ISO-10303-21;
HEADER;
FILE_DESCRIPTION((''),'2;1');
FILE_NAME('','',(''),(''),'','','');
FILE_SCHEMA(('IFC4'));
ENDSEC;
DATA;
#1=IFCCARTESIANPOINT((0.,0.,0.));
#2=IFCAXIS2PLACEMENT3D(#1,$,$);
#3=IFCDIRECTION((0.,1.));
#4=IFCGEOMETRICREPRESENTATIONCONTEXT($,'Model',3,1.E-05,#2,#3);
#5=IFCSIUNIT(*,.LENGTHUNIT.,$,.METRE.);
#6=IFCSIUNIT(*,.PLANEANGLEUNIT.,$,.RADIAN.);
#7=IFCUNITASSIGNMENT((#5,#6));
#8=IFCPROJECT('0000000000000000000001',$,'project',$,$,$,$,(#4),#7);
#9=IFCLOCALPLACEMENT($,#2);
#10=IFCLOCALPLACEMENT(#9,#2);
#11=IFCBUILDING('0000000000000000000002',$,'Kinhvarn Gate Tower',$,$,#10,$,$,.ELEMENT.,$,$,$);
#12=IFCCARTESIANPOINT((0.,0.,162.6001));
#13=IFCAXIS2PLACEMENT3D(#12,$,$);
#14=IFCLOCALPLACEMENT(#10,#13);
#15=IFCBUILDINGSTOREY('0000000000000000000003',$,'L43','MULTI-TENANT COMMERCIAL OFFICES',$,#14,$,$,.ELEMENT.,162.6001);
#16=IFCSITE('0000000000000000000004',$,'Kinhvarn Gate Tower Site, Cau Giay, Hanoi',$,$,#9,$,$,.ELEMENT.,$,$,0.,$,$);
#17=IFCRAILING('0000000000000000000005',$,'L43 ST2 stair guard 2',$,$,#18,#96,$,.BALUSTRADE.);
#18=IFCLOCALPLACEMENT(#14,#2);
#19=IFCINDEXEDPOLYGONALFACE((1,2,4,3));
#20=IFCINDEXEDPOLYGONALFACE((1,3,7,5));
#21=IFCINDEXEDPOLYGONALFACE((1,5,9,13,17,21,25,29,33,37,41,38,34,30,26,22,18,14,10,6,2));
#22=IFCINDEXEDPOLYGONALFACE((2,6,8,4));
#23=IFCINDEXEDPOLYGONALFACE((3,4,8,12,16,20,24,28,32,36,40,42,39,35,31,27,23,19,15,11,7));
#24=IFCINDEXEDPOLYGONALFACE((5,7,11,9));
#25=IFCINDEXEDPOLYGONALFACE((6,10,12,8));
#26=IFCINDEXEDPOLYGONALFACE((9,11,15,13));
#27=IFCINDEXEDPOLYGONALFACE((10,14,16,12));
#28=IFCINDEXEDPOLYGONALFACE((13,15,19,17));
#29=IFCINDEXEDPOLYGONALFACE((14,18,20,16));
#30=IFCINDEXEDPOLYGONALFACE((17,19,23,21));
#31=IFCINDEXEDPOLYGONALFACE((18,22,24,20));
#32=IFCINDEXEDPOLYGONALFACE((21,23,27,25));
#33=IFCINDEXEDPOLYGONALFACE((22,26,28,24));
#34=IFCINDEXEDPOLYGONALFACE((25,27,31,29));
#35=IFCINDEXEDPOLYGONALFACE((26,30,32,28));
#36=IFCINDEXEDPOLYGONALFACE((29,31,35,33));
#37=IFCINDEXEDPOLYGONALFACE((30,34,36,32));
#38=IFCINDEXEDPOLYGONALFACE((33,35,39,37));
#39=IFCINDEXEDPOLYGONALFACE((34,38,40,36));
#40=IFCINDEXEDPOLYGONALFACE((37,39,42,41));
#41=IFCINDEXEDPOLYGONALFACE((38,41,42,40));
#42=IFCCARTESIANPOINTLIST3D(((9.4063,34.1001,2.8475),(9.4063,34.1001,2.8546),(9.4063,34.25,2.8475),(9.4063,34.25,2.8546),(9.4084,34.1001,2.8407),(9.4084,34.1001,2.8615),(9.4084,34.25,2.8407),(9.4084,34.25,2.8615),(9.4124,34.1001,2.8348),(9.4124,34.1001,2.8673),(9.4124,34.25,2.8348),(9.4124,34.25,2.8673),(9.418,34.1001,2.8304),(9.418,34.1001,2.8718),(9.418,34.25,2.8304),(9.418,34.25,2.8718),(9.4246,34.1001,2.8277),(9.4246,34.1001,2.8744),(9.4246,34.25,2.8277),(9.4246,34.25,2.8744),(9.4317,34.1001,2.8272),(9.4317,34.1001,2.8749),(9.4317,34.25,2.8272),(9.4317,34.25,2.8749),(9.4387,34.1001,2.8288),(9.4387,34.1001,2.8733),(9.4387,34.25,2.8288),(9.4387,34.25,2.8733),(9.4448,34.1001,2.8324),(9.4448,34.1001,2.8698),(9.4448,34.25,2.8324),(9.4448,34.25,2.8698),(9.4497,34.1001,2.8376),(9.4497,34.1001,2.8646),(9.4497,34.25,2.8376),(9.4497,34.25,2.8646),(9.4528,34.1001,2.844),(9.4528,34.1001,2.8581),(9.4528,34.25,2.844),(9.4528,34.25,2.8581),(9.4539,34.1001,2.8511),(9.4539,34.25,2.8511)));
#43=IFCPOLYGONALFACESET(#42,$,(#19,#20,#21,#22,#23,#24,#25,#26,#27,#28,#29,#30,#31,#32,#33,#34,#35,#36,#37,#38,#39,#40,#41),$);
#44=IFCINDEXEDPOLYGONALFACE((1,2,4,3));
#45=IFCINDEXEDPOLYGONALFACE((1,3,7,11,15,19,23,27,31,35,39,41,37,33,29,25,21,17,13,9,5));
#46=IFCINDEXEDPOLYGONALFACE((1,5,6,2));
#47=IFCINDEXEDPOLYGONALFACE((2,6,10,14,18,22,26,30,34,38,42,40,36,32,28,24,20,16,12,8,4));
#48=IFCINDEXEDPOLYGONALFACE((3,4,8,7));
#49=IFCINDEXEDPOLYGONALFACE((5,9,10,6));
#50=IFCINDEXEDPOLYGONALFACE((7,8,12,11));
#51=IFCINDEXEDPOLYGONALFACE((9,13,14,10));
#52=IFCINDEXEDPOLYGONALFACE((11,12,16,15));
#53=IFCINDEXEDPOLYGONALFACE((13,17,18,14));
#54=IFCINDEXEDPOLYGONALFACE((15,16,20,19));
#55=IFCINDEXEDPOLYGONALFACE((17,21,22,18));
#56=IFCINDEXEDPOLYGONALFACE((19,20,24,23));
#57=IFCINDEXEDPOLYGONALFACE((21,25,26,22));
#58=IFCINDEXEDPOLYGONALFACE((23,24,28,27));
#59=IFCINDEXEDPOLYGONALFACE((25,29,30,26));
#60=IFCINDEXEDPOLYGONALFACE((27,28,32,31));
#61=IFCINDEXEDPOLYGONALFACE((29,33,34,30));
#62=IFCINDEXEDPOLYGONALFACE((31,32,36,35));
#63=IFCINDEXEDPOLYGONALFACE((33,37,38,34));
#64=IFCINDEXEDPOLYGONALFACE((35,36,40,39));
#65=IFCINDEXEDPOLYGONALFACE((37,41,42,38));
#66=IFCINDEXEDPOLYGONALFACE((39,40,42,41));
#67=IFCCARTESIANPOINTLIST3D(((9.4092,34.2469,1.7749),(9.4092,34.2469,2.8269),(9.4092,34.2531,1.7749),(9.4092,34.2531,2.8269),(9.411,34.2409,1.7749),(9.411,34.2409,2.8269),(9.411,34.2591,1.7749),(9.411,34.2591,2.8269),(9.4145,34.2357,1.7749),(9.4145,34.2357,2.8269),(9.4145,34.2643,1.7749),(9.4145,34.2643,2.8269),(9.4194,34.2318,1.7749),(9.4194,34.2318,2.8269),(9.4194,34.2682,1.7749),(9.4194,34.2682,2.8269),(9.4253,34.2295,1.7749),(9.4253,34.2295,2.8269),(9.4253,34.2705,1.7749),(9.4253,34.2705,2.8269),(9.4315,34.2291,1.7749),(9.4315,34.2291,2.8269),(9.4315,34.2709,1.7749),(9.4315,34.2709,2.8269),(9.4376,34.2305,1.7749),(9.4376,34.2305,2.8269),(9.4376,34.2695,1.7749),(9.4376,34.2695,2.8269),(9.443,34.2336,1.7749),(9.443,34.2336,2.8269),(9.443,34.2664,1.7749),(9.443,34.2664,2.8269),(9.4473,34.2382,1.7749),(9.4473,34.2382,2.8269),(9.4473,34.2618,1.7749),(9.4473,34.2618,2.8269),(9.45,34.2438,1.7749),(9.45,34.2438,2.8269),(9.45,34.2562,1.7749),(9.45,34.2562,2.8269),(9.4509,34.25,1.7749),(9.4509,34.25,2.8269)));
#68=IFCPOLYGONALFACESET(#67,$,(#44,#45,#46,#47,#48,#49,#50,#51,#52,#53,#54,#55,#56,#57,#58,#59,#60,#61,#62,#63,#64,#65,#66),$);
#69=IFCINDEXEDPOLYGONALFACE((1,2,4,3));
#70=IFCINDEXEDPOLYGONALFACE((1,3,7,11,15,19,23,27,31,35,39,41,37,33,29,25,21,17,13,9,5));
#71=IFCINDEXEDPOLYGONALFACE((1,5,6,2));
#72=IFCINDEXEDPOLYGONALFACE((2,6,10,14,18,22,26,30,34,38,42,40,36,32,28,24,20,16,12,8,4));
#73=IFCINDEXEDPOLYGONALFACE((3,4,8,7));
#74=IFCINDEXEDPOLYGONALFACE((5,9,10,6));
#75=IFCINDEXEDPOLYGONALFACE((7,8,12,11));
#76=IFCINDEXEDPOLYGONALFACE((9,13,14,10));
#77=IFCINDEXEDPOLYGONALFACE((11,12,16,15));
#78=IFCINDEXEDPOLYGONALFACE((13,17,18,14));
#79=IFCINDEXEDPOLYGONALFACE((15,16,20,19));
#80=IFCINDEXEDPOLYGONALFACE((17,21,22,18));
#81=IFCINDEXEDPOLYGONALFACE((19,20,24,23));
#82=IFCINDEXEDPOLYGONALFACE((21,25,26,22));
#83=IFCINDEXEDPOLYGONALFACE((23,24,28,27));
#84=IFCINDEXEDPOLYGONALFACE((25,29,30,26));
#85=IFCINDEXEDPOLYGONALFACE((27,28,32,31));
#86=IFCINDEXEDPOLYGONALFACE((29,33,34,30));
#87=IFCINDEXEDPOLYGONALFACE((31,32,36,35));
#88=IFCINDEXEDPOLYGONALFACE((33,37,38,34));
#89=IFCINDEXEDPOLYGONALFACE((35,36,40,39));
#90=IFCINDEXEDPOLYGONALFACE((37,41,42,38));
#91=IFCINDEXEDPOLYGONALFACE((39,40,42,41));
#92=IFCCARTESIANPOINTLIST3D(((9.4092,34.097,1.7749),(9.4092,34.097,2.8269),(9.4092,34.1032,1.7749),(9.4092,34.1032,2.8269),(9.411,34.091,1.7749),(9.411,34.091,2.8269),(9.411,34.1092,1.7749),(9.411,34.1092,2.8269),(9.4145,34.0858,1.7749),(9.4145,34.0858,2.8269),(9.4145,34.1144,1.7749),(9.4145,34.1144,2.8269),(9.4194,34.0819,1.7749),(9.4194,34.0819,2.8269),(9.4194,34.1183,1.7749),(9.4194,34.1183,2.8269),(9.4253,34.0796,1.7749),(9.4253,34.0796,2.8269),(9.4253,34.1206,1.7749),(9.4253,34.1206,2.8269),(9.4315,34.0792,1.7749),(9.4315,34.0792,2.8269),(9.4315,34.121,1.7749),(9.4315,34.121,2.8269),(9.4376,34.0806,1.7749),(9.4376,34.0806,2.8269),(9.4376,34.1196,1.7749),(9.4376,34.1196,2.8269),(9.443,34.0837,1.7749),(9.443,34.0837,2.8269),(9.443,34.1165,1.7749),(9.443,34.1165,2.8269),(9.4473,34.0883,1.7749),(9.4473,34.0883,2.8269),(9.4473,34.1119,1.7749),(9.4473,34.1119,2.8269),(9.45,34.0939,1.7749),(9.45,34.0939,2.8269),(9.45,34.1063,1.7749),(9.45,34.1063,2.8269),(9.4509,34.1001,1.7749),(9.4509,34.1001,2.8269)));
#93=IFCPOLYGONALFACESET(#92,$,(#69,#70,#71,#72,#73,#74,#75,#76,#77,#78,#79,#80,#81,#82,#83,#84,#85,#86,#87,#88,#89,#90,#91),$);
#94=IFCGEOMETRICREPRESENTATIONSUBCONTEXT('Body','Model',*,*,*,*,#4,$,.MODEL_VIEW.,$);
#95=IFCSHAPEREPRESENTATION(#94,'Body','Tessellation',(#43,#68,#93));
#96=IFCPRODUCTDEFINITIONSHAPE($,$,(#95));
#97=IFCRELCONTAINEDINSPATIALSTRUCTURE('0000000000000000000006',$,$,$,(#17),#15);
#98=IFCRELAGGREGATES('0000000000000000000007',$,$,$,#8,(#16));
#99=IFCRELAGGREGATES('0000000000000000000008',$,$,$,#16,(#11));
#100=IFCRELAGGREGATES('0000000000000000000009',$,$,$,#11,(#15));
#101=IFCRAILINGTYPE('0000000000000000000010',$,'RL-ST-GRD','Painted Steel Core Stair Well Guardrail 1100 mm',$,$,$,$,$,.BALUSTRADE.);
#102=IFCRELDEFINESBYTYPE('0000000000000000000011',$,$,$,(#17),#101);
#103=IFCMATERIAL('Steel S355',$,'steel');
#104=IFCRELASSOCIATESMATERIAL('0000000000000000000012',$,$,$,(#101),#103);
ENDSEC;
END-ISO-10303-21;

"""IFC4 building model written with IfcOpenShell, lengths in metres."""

from ifc_helpers import new_model, si_unit, direction, frame, origin, origin_2d, place, context, subcontext, project, spatial, circle, extrude, material, type_object, element, save


model = new_model("IFC4")

# Units and contexts
model_context = context("Model", 3, precision=1e-05, world=origin(), true_north=direction((0.0, 1.0)))
body_context = subcontext(model_context, "Body", "Model", "MODEL_VIEW")
ifc_project = project(units=[si_unit("LENGTHUNIT", "METRE"), si_unit("PLANEANGLEUNIT", "RADIAN")], contexts=[model_context])

# Site, building, storey
site_placement = place(None, origin())
site = spatial("IfcSite", under=ifc_project, at=site_placement, Name="Kinhvarn Gate Tower Site, Cau Giay, Hanoi", CompositionType="ELEMENT", RefElevation=0.0)
building_placement = place(site_placement, origin())
building = spatial("IfcBuilding", under=site, at=building_placement, Name="Kinhvarn Gate Tower", CompositionType="ELEMENT")
storey_placement = place(building_placement, frame((0.0, 0.0, 162.6001)))
storey = spatial("IfcBuildingStorey", under=building, at=storey_placement, Name="L43", Description="MULTI-TENANT COMMERCIAL OFFICES", CompositionType="ELEMENT", Elevation=162.6001)

# Shared definitions
ifc_material_1 = material(Name="Steel S355", Category="steel")

# Railing
railing_type_1 = type_object("IfcRailingType", Name="RL-ST-GRD", Description="Painted Steel Core Stair Well Guardrail 1100 mm", PredefinedType="BALUSTRADE", material=ifc_material_1)
railing_1_placement = place(storey_placement, frame((9.4299, 34.25, 1.7749)))
element("IfcRailing", 1, at=railing_1_placement, inside=storey, type_object=railing_type_1, Name="L43 ST2 stair guard 2", PredefinedType="BALUSTRADE", context=body_context, shape_type="SweptSolid", body=[
    extrude(circle(Radius=0.0239, at=origin_2d()), frame((0.0, 0.0, 1.0762), z_axis=(0.0, -1.0, 0.0), x_axis=(1.0, 0.0, 0.0)), (0.0, 0.0, 1.0), 0.1499),
    extrude(circle(Radius=0.021, at=origin_2d()), origin(), (0.0, 0.0, 1.0), 1.052),
    extrude(circle(Radius=0.021, at=origin_2d()), frame((0.0, -0.1499, 0.0)), (0.0, 0.0, 1.0), 1.052),
])

save(model, "model.ifc")
